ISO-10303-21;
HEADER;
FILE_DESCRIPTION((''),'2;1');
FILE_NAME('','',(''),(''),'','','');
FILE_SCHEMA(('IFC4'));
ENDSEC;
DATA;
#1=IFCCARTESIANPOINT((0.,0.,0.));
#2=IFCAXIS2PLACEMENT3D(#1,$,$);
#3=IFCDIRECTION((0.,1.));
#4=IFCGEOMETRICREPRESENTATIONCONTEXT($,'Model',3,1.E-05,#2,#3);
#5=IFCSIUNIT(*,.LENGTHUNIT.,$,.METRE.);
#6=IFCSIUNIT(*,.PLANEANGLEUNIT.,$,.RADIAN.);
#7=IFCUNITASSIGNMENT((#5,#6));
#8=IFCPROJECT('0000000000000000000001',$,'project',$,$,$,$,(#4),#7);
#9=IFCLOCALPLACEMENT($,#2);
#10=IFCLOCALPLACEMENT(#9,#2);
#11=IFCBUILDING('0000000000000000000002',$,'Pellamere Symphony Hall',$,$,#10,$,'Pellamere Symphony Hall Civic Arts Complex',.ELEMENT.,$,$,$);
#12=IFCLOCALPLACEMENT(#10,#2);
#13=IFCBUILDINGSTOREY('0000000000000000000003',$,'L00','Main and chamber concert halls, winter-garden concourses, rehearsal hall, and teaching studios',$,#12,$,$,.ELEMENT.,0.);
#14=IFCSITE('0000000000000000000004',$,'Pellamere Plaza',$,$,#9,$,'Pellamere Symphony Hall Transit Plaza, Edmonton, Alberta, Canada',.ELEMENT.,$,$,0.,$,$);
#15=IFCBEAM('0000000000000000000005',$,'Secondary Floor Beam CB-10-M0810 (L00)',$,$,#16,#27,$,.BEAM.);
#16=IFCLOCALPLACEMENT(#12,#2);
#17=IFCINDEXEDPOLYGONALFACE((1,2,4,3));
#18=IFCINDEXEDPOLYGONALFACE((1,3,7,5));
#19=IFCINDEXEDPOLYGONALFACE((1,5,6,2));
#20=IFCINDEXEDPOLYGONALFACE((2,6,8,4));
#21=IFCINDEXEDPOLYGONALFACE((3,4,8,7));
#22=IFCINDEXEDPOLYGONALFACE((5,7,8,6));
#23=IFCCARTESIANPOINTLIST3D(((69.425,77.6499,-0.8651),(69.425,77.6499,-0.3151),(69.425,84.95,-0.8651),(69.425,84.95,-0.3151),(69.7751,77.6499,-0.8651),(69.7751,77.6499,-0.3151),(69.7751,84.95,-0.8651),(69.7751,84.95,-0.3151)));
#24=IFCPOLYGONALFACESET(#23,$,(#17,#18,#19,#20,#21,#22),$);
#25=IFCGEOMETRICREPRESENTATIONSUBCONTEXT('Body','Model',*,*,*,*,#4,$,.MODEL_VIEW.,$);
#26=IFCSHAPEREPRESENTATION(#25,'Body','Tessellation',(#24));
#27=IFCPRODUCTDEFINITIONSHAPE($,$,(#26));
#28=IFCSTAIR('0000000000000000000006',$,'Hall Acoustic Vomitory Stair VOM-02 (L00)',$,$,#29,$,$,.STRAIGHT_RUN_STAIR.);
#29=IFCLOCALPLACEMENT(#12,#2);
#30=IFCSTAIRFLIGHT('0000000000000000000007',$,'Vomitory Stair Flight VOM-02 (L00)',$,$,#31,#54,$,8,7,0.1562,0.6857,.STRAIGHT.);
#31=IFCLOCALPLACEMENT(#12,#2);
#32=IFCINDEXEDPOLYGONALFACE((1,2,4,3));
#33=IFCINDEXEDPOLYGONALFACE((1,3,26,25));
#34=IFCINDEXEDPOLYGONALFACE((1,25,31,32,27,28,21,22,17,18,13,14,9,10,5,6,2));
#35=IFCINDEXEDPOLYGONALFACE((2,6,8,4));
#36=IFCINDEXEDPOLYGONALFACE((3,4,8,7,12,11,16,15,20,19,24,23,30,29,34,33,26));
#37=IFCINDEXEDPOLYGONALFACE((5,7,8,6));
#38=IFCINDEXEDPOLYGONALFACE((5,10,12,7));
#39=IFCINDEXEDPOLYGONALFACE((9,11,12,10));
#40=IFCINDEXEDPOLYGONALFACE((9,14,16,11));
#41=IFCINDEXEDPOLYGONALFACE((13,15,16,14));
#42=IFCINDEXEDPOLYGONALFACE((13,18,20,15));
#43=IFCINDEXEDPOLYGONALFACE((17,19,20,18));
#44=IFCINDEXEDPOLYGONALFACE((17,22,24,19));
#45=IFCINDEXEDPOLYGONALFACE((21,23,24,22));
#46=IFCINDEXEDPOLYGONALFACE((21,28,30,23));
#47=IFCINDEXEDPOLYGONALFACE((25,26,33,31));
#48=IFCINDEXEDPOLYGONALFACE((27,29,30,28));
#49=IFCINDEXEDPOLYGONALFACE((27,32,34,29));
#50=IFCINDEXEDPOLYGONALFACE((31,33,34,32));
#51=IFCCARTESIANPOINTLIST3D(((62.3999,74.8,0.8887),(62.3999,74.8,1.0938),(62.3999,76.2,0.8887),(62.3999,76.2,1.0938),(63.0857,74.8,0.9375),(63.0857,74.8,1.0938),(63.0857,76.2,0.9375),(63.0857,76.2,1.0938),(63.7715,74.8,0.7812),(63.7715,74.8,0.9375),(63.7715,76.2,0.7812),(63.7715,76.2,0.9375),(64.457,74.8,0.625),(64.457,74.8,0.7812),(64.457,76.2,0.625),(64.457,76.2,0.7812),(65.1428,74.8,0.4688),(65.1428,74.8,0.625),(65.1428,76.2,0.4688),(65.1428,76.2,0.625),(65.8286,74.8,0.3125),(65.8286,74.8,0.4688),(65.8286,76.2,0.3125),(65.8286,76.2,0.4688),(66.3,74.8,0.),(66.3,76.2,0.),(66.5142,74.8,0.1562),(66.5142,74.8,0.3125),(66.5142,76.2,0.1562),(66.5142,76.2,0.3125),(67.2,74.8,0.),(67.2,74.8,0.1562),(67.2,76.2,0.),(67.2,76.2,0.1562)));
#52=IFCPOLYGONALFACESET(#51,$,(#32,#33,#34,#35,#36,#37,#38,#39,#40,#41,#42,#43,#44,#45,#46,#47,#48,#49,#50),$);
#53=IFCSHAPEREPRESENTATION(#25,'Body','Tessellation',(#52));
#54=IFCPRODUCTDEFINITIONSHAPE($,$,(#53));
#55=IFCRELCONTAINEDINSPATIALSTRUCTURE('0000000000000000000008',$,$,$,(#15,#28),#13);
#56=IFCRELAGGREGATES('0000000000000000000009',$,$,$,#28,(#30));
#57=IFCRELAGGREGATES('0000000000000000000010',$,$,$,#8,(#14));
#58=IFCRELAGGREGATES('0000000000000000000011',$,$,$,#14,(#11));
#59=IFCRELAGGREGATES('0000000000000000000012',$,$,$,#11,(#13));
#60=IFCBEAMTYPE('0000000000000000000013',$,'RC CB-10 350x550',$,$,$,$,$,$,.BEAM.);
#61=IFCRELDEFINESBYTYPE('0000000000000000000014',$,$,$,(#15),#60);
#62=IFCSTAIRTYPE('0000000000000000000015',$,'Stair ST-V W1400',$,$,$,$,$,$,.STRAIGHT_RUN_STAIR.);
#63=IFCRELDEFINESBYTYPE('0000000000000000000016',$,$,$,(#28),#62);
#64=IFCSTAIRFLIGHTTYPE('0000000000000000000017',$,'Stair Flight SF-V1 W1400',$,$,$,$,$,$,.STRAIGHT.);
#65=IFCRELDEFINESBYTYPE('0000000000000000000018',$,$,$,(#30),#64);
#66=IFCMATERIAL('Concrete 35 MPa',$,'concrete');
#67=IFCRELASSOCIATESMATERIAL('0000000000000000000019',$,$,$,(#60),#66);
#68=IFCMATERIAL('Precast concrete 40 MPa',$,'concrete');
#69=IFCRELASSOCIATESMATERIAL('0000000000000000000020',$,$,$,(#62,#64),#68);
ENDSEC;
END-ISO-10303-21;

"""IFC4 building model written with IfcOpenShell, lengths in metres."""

from ifc_helpers import new_model, si_unit, direction, frame, origin, origin_2d, place, context, subcontext, project, spatial, polyline, rectangle, outline, extrude, material, material_profile, profile_set, type_object, element, aggregate, save


model = new_model("IFC4")

# Units and contexts
model_context = context("Model", 3, precision=1e-05, world=origin(), true_north=direction((0.0, 1.0)))
body_context = subcontext(model_context, "Body", "Model", "MODEL_VIEW")
ifc_project = project(units=[si_unit("LENGTHUNIT", "METRE"), si_unit("PLANEANGLEUNIT", "RADIAN")], contexts=[model_context])

# Site, building, storey
site_placement = place(None, origin())
site = spatial("IfcSite", under=ifc_project, at=site_placement, Name="Pellamere Plaza", LongName="Pellamere Symphony Hall Transit Plaza, Edmonton, Alberta, Canada", CompositionType="ELEMENT", RefElevation=0.0)
building_placement = place(site_placement, origin())
building = spatial("IfcBuilding", under=site, at=building_placement, Name="Pellamere Symphony Hall", LongName="Pellamere Symphony Hall Civic Arts Complex", CompositionType="ELEMENT")
storey_placement = place(building_placement, origin())
storey = spatial("IfcBuildingStorey", under=building, at=storey_placement, Name="L00", Description="Main and chamber concert halls, winter-garden concourses, rehearsal hall, and teaching studios", CompositionType="ELEMENT", Elevation=0.0)

# Beam
ifc_material_1 = material(Name="Concrete 35 MPa", Category="concrete")
ifc_material_profile_1 = material_profile(ifc_material_1, rectangle(XDim=0.3501, YDim=0.55, at=origin_2d()), Name="RC 350x550")
ifc_profile_set_1 = profile_set([ifc_material_profile_1], Name="Concrete 35 MPa")
beam_type_1 = type_object("IfcBeamType", Name="RC CB-10 350x550", PredefinedType="BEAM", material=ifc_profile_set_1)
for number, where, z_axis, x_axis, name in (
    (1, (69.6001, 77.6499, -0.5901), (0.0, 1.0, 0.0), (-1.0, 0.0, 0.0), "Secondary Floor Beam CB-10-M0810 (L00)"),
):
    element("IfcBeam", number, at=place(storey_placement, frame(where, z_axis=z_axis, x_axis=x_axis)), inside=storey, type_object=beam_type_1, Name=name, PredefinedType="BEAM", context=body_context, shape_type="SweptSolid", body=[
        extrude(rectangle(XDim=0.3501, YDim=0.55, at=origin_2d()), origin(), (0.0, 0.0, 1.0), 7.3),
    ])

# Stair, stair flight
ifc_material_2 = material(Name="Precast concrete 40 MPa", Category="concrete")
stair_type = type_object("IfcStairType", Name="Stair ST-V W1400", PredefinedType="STRAIGHT_RUN_STAIR", material=ifc_material_2)
stair_placement = place(storey_placement, origin())
stair = element("IfcStair", 2, at=stair_placement, inside=storey, type_object=stair_type, Name="Hall Acoustic Vomitory Stair VOM-02 (L00)", PredefinedType="STRAIGHT_RUN_STAIR")
stair_flight_type = type_object("IfcStairFlightType", Name="Stair Flight SF-V1 W1400", PredefinedType="STRAIGHT", material=ifc_material_2)
stair_flight_placement = place(storey_placement, frame((67.2, 75.5, 0.0), z_axis=(0.0, 0.0, 1.0), x_axis=(-1.0, 0.0, 0.0)))
stair_flight = element("IfcStairFlight", 3, at=stair_flight_placement, type_object=stair_flight_type, Name="Vomitory Stair Flight VOM-02 (L00)", NumberOfRisers=8, NumberOfTreads=7, PredefinedType="STRAIGHT", RiserHeight=0.1562, TreadLength=0.6857, context=body_context, shape_type="SweptSolid", body=[
    extrude(outline(polyline([(0.0, 0.0), (0.0, 0.1562), (0.6858, 0.1562), (0.6858, 0.3125), (1.3713, 0.3125), (1.3713, 0.4688), (2.0571, 0.4688), (2.0571, 0.625), (2.7429, 0.625), (2.7429, 0.7812), (3.4285, 0.7812), (3.4285, 0.9375), (4.1143, 0.9375), (4.1143, 1.0938), (4.8, 1.0938), (4.8, 1.25), (4.8, 0.8887), (0.8999, 0.0), (0.0, 0.0)])), frame((0.0, 0.7, 0.0), z_axis=(0.0, -1.0, 0.0), x_axis=(1.0, 0.0, 0.0)), (0.0, 0.0, 1.0), 1.3999),
])
aggregate(stair, [stair_flight])

save(model, "model.ifc")
